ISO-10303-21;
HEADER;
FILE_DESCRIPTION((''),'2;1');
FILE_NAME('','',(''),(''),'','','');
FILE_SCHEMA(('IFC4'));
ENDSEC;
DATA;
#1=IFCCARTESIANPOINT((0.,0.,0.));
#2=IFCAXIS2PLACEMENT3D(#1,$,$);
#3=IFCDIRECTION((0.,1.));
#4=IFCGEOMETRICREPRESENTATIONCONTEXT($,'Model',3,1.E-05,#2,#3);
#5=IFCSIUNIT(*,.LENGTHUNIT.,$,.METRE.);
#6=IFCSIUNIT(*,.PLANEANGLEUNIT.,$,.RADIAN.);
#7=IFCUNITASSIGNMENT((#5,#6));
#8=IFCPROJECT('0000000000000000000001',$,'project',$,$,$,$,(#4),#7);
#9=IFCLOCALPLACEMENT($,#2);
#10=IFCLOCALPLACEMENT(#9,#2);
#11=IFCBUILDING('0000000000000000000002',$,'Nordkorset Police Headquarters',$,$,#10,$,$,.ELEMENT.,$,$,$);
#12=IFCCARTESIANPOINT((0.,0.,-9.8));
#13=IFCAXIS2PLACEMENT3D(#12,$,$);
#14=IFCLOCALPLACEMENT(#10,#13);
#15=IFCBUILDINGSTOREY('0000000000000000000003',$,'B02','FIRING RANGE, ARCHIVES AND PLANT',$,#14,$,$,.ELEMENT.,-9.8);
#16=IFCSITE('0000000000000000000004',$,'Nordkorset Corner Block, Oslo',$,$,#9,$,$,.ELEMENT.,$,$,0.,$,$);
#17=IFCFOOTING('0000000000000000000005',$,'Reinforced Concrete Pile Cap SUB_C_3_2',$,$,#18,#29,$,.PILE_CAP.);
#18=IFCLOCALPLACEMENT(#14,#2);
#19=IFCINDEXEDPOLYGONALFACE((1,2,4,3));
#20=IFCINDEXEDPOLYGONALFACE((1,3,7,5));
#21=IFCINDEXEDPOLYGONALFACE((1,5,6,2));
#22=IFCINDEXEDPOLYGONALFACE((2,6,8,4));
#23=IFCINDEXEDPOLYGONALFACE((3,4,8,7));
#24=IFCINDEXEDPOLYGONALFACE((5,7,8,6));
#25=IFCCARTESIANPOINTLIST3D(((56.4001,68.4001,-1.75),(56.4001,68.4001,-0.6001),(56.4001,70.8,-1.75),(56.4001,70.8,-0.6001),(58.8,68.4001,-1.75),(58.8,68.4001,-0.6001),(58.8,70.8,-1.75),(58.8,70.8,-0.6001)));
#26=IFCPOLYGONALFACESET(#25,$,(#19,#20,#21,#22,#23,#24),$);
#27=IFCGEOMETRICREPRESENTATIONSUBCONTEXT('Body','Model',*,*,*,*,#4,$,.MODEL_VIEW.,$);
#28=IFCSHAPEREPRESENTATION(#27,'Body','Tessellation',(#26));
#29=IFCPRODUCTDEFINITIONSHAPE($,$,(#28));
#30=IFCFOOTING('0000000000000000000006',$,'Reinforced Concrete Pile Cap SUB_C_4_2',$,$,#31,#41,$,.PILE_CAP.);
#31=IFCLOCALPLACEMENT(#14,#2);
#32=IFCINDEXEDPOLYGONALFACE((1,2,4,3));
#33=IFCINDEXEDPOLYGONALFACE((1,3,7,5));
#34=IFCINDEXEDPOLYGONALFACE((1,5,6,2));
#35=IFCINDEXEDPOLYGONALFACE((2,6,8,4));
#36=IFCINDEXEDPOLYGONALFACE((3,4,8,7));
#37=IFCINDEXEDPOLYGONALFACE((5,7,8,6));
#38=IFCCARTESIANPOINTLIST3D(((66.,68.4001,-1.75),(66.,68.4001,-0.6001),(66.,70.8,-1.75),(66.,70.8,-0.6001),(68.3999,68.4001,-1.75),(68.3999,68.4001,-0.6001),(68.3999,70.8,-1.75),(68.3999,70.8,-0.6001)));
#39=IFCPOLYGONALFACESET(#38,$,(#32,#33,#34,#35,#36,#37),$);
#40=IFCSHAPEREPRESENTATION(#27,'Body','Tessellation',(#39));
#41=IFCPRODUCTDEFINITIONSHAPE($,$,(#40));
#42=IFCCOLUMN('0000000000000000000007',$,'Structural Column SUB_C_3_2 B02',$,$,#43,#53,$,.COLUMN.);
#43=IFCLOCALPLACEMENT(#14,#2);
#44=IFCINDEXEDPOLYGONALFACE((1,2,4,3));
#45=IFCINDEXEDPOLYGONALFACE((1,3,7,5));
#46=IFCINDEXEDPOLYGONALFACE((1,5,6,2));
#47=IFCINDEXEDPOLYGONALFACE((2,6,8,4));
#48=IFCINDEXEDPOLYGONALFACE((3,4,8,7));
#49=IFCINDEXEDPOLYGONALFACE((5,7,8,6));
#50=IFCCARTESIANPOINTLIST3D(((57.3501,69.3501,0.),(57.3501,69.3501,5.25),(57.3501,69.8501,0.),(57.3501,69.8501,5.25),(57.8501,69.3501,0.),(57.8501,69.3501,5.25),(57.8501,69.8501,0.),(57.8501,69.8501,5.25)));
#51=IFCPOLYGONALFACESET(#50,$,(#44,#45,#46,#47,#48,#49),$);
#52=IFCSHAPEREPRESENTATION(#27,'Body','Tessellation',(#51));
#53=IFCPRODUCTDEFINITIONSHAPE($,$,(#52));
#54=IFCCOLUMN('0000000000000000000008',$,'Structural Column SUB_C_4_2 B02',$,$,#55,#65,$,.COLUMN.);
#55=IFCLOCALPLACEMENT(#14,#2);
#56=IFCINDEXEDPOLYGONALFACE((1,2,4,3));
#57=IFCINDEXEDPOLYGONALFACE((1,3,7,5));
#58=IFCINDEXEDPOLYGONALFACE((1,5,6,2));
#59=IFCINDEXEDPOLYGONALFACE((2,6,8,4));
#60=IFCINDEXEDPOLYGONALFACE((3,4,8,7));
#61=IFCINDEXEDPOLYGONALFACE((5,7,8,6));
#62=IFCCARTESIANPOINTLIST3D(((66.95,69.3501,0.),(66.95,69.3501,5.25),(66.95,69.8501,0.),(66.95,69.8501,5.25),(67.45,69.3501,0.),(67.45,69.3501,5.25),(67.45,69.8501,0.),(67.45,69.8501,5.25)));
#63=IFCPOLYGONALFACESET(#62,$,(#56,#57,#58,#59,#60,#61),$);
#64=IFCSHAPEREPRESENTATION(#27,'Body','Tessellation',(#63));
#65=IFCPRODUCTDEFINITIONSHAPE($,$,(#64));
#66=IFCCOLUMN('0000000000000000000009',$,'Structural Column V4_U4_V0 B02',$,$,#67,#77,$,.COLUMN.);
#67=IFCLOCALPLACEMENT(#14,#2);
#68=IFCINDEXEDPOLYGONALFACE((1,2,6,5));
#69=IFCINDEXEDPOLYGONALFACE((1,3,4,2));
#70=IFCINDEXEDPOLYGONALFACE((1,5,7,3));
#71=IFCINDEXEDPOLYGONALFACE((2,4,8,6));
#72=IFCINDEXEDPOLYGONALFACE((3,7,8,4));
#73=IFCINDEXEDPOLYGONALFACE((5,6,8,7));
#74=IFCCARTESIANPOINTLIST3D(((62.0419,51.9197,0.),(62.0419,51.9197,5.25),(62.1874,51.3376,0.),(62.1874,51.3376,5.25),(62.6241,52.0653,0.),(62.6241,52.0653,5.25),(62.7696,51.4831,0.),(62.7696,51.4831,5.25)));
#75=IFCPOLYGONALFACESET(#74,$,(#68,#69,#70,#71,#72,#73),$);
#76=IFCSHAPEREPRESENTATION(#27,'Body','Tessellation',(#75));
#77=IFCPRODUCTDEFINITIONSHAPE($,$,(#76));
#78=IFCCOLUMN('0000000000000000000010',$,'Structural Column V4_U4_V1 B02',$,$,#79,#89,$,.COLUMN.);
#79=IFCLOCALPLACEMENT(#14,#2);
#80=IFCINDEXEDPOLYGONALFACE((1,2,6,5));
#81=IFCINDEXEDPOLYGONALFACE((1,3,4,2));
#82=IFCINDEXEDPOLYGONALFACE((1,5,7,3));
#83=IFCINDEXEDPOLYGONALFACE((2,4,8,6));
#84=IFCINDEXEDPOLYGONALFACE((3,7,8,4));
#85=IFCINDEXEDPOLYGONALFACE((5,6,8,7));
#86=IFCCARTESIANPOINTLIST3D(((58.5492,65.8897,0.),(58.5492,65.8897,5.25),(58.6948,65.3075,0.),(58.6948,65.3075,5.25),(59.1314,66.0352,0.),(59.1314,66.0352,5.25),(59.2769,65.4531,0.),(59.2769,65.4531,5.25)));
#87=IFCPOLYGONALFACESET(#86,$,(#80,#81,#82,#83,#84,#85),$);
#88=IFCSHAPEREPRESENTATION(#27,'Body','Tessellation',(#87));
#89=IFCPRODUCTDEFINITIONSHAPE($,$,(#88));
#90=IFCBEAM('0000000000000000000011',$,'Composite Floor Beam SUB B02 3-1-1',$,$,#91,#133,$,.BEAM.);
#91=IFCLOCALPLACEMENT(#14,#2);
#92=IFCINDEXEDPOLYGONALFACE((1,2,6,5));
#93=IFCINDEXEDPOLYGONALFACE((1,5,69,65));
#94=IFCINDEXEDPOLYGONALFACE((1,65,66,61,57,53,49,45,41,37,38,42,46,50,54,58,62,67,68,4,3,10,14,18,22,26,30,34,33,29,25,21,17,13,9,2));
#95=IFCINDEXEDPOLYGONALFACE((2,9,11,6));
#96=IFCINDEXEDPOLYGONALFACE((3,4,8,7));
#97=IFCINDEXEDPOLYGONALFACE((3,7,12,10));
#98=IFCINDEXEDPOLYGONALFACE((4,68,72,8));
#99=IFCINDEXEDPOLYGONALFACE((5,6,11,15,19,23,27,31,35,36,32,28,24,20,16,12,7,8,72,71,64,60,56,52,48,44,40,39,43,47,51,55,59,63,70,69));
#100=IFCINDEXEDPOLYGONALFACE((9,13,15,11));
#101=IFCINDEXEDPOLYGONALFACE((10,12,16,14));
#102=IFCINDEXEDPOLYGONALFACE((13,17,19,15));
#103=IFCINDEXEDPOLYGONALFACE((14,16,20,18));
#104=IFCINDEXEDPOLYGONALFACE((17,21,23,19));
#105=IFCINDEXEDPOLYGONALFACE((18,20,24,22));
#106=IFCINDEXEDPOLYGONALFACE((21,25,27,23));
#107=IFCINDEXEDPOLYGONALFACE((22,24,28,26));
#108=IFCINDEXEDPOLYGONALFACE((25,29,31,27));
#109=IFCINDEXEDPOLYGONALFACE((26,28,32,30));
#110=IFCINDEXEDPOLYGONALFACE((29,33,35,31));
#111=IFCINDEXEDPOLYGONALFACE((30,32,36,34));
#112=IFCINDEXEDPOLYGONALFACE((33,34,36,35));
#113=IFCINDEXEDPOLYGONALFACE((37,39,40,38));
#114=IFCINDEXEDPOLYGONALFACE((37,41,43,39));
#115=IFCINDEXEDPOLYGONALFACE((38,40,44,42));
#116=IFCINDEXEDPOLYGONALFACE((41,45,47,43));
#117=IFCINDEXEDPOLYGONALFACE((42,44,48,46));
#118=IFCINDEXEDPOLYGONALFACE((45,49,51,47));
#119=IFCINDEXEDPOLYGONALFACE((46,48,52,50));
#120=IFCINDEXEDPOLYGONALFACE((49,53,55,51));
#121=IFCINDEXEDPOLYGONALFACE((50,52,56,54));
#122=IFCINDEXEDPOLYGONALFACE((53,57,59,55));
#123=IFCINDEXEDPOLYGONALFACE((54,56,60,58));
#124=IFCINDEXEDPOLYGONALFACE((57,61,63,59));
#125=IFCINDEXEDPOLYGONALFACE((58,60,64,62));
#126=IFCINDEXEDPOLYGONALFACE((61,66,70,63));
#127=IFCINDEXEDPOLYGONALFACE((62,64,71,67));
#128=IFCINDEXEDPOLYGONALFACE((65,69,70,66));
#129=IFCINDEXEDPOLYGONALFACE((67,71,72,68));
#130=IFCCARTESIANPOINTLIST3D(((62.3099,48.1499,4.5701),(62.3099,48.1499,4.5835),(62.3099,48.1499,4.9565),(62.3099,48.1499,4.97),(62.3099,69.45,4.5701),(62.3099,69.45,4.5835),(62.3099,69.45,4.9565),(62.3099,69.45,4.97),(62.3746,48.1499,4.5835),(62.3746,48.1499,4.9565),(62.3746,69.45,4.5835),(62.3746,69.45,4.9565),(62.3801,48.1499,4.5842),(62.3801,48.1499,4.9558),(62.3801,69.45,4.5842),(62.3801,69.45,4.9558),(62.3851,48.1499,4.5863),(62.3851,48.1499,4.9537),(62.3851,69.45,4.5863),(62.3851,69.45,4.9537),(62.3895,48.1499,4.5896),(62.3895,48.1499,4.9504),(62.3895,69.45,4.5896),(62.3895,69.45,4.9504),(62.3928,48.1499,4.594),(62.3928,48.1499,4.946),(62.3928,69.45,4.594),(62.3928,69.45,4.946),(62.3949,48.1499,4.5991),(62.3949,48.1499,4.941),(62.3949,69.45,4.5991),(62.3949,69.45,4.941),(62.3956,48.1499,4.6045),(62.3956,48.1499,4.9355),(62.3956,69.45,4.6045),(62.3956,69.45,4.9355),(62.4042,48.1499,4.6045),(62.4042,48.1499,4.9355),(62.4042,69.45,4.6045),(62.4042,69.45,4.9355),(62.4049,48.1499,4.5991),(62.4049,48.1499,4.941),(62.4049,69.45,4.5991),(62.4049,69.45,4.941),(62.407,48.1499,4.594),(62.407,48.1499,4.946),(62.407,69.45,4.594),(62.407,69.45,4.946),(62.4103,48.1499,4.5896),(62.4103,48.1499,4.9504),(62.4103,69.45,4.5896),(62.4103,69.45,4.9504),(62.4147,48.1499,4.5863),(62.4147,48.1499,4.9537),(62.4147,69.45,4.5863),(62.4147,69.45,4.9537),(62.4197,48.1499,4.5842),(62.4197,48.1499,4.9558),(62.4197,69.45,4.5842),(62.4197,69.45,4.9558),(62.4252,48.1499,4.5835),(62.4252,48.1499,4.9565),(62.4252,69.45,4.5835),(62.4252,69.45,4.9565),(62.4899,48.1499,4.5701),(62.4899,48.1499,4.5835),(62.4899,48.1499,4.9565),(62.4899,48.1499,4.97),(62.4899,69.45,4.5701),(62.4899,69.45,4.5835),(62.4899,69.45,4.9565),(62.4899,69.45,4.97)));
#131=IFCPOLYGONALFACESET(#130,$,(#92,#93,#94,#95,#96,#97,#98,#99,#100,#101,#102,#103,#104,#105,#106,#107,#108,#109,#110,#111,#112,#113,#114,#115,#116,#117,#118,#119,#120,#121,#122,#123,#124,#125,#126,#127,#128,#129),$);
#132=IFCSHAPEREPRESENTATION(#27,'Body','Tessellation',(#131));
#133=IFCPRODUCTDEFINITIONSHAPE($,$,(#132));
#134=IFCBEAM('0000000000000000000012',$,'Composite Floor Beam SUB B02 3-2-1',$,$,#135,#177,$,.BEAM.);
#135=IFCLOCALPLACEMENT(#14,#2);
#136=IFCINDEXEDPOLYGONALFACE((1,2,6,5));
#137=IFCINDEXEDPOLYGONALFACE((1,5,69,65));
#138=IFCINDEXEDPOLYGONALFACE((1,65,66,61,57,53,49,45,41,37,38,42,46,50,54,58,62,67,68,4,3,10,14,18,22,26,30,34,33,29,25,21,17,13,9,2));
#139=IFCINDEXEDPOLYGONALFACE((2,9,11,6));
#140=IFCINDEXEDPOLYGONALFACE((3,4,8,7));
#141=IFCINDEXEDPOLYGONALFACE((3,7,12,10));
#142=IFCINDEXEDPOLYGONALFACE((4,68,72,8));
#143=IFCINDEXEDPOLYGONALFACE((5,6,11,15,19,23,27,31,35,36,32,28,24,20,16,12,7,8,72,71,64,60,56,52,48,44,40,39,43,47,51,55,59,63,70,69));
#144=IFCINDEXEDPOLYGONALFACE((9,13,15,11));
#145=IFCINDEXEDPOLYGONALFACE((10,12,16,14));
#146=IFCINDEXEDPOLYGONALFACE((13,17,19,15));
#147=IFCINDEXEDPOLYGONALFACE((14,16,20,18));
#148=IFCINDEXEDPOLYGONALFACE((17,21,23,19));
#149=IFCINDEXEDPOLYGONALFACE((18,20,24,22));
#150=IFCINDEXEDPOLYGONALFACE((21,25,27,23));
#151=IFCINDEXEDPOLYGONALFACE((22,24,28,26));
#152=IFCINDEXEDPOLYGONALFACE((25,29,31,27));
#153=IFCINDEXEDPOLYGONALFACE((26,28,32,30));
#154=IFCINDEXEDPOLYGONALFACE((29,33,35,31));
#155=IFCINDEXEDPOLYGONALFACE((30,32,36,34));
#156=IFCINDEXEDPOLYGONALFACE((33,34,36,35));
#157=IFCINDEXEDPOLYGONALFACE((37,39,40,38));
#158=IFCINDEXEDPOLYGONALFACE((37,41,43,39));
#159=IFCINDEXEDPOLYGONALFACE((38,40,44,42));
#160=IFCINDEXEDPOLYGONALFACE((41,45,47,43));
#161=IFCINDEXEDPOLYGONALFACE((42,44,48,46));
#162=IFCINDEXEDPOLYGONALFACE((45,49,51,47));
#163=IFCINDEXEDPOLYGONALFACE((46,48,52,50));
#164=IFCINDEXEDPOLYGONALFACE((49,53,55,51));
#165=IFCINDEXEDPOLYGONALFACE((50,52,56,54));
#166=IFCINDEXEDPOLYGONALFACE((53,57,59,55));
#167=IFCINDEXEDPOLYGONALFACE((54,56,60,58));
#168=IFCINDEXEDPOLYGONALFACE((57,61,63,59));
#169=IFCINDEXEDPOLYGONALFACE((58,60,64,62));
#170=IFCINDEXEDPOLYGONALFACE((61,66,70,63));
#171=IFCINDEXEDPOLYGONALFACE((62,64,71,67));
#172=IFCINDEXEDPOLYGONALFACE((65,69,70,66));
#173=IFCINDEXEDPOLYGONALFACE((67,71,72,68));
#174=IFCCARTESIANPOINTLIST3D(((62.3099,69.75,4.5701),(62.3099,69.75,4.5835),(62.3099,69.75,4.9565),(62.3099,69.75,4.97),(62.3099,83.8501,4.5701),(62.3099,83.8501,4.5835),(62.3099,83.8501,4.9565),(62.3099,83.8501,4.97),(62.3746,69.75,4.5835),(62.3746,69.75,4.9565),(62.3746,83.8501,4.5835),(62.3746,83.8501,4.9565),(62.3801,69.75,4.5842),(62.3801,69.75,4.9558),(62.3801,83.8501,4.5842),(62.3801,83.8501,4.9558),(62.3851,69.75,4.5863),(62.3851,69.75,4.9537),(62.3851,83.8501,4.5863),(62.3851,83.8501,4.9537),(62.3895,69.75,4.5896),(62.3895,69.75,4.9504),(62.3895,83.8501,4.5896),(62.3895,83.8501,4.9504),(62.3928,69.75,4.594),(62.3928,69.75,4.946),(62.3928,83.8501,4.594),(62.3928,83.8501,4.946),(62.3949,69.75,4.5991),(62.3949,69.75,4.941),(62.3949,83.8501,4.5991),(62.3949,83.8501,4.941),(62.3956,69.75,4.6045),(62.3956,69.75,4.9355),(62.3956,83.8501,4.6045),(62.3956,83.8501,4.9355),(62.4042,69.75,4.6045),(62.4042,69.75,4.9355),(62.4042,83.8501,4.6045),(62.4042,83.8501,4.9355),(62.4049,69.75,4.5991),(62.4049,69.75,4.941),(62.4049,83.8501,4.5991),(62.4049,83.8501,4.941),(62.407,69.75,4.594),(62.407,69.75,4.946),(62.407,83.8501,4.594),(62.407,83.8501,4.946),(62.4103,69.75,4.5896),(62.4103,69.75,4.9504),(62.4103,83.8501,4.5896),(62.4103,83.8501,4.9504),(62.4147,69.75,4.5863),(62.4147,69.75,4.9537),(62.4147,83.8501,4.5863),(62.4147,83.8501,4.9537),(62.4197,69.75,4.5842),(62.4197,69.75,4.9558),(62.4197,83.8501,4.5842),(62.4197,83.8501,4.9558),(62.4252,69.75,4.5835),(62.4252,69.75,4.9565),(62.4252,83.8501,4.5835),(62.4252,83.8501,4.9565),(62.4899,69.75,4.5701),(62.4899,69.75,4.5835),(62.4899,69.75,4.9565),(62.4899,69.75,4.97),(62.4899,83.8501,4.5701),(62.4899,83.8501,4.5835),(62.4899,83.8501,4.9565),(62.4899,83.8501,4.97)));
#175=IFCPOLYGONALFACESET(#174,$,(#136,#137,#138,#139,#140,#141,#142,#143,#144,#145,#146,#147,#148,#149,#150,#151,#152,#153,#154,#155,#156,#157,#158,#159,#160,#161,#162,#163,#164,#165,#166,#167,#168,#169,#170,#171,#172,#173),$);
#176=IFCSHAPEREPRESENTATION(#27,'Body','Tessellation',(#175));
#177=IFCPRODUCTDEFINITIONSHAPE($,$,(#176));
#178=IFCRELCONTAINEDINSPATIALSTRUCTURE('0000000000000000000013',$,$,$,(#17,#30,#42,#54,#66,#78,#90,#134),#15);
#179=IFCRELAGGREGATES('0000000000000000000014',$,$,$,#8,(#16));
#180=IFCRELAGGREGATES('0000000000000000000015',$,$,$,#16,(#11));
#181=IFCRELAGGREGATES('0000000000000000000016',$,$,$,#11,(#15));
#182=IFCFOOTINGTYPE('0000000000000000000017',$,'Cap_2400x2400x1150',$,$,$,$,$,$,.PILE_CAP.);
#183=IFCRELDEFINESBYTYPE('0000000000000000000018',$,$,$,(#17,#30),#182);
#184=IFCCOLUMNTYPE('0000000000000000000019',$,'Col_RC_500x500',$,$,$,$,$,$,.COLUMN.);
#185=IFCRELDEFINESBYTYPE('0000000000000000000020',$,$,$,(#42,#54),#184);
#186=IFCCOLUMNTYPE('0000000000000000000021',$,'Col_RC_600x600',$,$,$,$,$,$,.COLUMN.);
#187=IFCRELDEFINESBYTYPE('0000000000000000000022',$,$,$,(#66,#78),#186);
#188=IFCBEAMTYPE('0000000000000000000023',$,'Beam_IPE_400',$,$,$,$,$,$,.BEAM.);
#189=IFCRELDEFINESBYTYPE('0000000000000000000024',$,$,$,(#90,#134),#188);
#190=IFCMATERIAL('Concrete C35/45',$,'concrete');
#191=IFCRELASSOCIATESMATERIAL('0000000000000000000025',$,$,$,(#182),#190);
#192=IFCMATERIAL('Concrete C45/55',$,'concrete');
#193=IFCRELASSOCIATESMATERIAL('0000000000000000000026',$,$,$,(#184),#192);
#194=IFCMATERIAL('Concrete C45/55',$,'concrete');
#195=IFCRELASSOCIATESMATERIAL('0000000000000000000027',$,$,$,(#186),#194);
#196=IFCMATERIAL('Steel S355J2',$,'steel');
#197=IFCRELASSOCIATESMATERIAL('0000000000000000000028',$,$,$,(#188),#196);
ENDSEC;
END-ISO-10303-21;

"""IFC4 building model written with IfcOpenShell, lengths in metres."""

from ifc_helpers import new_model, si_unit, direction, frame, origin, origin_2d, place, context, subcontext, project, spatial, rectangle, i_section, extrude, material, material_profile, profile_set, type_object, element, save


model = new_model("IFC4")

# Units and contexts
model_context = context("Model", 3, precision=1e-05, world=origin(), true_north=direction((0.0, 1.0)))
body_context = subcontext(model_context, "Body", "Model", "MODEL_VIEW")
ifc_project = project(units=[si_unit("LENGTHUNIT", "METRE"), si_unit("PLANEANGLEUNIT", "RADIAN")], contexts=[model_context])

# Site, building, storey
site_placement = place(None, origin())
site = spatial("IfcSite", under=ifc_project, at=site_placement, Name="Nordkorset Corner Block, Oslo", CompositionType="ELEMENT", RefElevation=0.0)
building_placement = place(site_placement, origin())
building = spatial("IfcBuilding", under=site, at=building_placement, Name="Nordkorset Police Headquarters", CompositionType="ELEMENT")
storey_placement = place(building_placement, frame((0.0, 0.0, -9.8)))
storey = spatial("IfcBuildingStorey", under=building, at=storey_placement, Name="B02", Description="FIRING RANGE, ARCHIVES AND PLANT", CompositionType="ELEMENT", Elevation=-9.8)

# Footings
ifc_material_1 = material(Name="Concrete C35/45", Category="concrete")
footing_type_1 = type_object("IfcFootingType", Name="Cap_2400x2400x1150", PredefinedType="PILE_CAP", material=ifc_material_1)
for number, where, z_axis, x_axis, name in (
    (1, (57.6001, 69.6001, -1.75), (0.0, 0.0, 1.0), (1.0, 0.0, 0.0), "Reinforced Concrete Pile Cap SUB_C_3_2"),
    (2, (67.2, 69.6001, -1.75), (0.0, 0.0, 1.0), (1.0, 0.0, 0.0), "Reinforced Concrete Pile Cap SUB_C_4_2"),
):
    element("IfcFooting", number, at=place(storey_placement, frame(where, z_axis=z_axis, x_axis=x_axis)), inside=storey, type_object=footing_type_1, Name=name, PredefinedType="PILE_CAP", context=body_context, shape_type="SweptSolid", body=[
        extrude(rectangle(XDim=2.3999, YDim=2.3999, at=origin_2d()), origin(), (0.0, 0.0, 1.0), 1.1499),
    ])

# Columns
ifc_material_2 = material(Name="Concrete C45/55", Category="concrete")
ifc_material_profile_1 = material_profile(ifc_material_2, rectangle(XDim=0.5, YDim=0.5, at=origin_2d()), Name="RC 500x500")
ifc_profile_set_1 = profile_set([ifc_material_profile_1], Name="Concrete C45/55")
column_type_1 = type_object("IfcColumnType", Name="Col_RC_500x500", PredefinedType="COLUMN", material=ifc_profile_set_1)
for number, where, z_axis, x_axis, name in (
    (3, (57.6001, 69.6001, 0.0), (0.0, 0.0, 1.0), (1.0, 0.0, 0.0), "Structural Column SUB_C_3_2 B02"),
    (4, (67.2, 69.6001, 0.0), (0.0, 0.0, 1.0), (1.0, 0.0, 0.0), "Structural Column SUB_C_4_2 B02"),
):
    element("IfcColumn", number, at=place(storey_placement, frame(where, z_axis=z_axis, x_axis=x_axis)), inside=storey, type_object=column_type_1, Name=name, PredefinedType="COLUMN", context=body_context, shape_type="SweptSolid", body=[
        extrude(rectangle(XDim=0.5, YDim=0.5, at=origin_2d()), origin(), (0.0, 0.0, 1.0), 5.25),
    ])
ifc_material_3 = material(Name="Concrete C45/55", Category="concrete")
ifc_material_profile_2 = material_profile(ifc_material_3, rectangle(XDim=0.6001, YDim=0.6001, at=origin_2d()), Name="RC 600x600")
ifc_profile_set_2 = profile_set([ifc_material_profile_2], Name="Concrete C45/55")
column_type_2 = type_object("IfcColumnType", Name="Col_RC_600x600", PredefinedType="COLUMN", material=ifc_profile_set_2)
for number, where, z_axis, x_axis, name in (
    (5, (62.4058, 51.7014, 0.0), (0.0, 0.0, 1.0), (0.970143, 0.242536, 0.0), "Structural Column V4_U4_V0 B02"),
    (6, (58.9131, 65.6714, 0.0), (0.0, 0.0, 1.0), (0.970143, 0.242536, 0.0), "Structural Column V4_U4_V1 B02"),
):
    element("IfcColumn", number, at=place(storey_placement, frame(where, z_axis=z_axis, x_axis=x_axis)), inside=storey, type_object=column_type_2, Name=name, PredefinedType="COLUMN", context=body_context, shape_type="SweptSolid", body=[
        extrude(rectangle(XDim=0.6001, YDim=0.6001, at=origin_2d()), origin(), (0.0, 0.0, 1.0), 5.25),
    ])

# Beams
ifc_material_4 = material(Name="Steel S355J2", Category="steel")
ifc_material_profile_3 = material_profile(ifc_material_4, i_section(OverallWidth=0.1799, OverallDepth=0.3999, WebThickness=0.0085, FlangeThickness=0.0134, FilletRadius=0.021, at=origin_2d()), Name="IPE 400")
ifc_profile_set_3 = profile_set([ifc_material_profile_3], Name="Steel S355J2")
beam_type_1 = type_object("IfcBeamType", Name="Beam_IPE_400", PredefinedType="BEAM", material=ifc_profile_set_3)
beam_1_placement = place(storey_placement, frame((62.3999, 48.1499, 4.77), z_axis=(0.0, 1.0, 0.0), x_axis=(-1.0, 0.0, 0.0)))
element("IfcBeam", 7, at=beam_1_placement, inside=storey, type_object=beam_type_1, Name="Composite Floor Beam SUB B02 3-1-1", PredefinedType="BEAM", context=body_context, shape_type="SweptSolid", body=[
    extrude(i_section(OverallWidth=0.1799, OverallDepth=0.3999, WebThickness=0.0085, FlangeThickness=0.0134, FilletRadius=0.021, at=origin_2d()), origin(), (0.0, 0.0, 1.0), 21.3),
])
beam_2_placement = place(storey_placement, frame((62.3999, 69.75, 4.77), z_axis=(0.0, 1.0, 0.0), x_axis=(-1.0, 0.0, 0.0)))
element("IfcBeam", 8, at=beam_2_placement, inside=storey, type_object=beam_type_1, Name="Composite Floor Beam SUB B02 3-2-1", PredefinedType="BEAM", context=body_context, shape_type="SweptSolid", body=[
    extrude(i_section(OverallWidth=0.1799, OverallDepth=0.3999, WebThickness=0.0085, FlangeThickness=0.0134, FilletRadius=0.021, at=origin_2d()), origin(), (0.0, 0.0, 1.0), 14.1001),
])

save(model, "model.ifc")
